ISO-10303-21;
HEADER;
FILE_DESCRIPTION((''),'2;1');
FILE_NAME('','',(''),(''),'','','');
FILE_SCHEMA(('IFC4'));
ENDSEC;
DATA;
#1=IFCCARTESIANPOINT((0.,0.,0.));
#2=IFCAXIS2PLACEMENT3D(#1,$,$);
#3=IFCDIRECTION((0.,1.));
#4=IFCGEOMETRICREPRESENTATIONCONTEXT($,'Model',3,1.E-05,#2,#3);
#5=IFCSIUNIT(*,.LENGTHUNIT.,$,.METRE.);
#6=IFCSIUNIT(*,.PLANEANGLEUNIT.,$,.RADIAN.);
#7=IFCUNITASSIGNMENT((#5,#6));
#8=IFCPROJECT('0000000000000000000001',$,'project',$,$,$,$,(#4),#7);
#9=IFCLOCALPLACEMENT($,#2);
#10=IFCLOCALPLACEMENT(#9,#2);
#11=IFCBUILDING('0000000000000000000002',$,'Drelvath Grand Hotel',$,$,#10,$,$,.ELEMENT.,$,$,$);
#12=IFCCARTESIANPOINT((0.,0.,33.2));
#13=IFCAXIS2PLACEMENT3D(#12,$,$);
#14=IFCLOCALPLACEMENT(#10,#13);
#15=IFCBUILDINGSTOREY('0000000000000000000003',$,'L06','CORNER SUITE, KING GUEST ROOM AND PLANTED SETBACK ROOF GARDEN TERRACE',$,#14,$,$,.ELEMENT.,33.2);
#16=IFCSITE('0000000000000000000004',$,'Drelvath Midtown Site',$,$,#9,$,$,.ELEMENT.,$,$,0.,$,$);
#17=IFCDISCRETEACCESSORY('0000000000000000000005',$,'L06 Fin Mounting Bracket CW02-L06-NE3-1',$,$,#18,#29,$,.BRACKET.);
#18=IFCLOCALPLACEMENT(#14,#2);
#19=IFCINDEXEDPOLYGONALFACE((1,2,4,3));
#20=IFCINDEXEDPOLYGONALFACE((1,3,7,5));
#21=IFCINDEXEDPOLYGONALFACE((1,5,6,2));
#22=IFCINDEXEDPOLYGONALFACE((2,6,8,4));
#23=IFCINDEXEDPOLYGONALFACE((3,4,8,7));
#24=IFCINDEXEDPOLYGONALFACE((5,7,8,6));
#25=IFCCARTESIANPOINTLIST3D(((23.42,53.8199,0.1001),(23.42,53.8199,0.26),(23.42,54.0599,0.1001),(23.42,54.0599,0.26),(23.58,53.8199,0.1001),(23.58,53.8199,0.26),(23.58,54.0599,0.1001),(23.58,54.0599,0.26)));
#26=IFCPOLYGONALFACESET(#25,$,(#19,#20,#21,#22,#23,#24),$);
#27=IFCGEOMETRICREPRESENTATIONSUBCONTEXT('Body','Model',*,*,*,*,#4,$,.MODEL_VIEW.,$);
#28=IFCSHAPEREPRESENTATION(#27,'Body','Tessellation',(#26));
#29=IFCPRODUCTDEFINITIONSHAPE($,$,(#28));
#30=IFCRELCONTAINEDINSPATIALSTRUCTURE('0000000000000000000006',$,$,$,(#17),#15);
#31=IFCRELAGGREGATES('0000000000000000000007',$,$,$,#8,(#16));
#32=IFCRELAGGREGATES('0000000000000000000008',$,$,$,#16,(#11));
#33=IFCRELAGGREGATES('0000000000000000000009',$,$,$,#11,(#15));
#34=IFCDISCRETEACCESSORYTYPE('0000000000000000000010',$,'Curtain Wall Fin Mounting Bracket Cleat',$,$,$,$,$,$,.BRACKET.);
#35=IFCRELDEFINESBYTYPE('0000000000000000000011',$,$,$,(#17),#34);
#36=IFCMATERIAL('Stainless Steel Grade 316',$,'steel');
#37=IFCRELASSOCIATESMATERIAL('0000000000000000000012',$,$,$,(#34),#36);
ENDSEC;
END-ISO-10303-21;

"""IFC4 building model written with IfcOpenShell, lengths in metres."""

from ifc_helpers import new_model, si_unit, direction, frame, origin, origin_2d, place, context, subcontext, project, spatial, rectangle, extrude, material, type_object, element, save


model = new_model("IFC4")

# Units and contexts
model_context = context("Model", 3, precision=1e-05, world=origin(), true_north=direction((0.0, 1.0)))
body_context = subcontext(model_context, "Body", "Model", "MODEL_VIEW")
ifc_project = project(units=[si_unit("LENGTHUNIT", "METRE"), si_unit("PLANEANGLEUNIT", "RADIAN")], contexts=[model_context])

# Site, building, storey
site_placement = place(None, origin())
site = spatial("IfcSite", under=ifc_project, at=site_placement, Name="Drelvath Midtown Site", CompositionType="ELEMENT", RefElevation=0.0)
building_placement = place(site_placement, origin())
building = spatial("IfcBuilding", under=site, at=building_placement, Name="Drelvath Grand Hotel", CompositionType="ELEMENT")
storey_placement = place(building_placement, frame((0.0, 0.0, 33.2)))
storey = spatial("IfcBuildingStorey", under=building, at=storey_placement, Name="L06", Description="CORNER SUITE, KING GUEST ROOM AND PLANTED SETBACK ROOF GARDEN TERRACE", CompositionType="ELEMENT", Elevation=33.2)

# Discrete accessory
ifc_material_1 = material(Name="Stainless Steel Grade 316", Category="steel")
discrete_accessory_type = type_object("IfcDiscreteAccessoryType", Name="Curtain Wall Fin Mounting Bracket Cleat", PredefinedType="BRACKET", material=ifc_material_1)
discrete_accessory_placement = place(storey_placement, frame((23.5, 53.9399, 0.1001), z_axis=(0.0, 0.0, 1.0), x_axis=(1.0, 0.0, 0.0)))
element("IfcDiscreteAccessory", 1, at=discrete_accessory_placement, inside=storey, type_object=discrete_accessory_type, Name="L06 Fin Mounting Bracket CW02-L06-NE3-1", PredefinedType="BRACKET", context=body_context, shape_type="SweptSolid", body=[
    extrude(rectangle(XDim=0.1599, YDim=0.24, at=origin_2d()), origin(), (0.0, 0.0, 1.0), 0.1599),
])

save(model, "model.ifc")
